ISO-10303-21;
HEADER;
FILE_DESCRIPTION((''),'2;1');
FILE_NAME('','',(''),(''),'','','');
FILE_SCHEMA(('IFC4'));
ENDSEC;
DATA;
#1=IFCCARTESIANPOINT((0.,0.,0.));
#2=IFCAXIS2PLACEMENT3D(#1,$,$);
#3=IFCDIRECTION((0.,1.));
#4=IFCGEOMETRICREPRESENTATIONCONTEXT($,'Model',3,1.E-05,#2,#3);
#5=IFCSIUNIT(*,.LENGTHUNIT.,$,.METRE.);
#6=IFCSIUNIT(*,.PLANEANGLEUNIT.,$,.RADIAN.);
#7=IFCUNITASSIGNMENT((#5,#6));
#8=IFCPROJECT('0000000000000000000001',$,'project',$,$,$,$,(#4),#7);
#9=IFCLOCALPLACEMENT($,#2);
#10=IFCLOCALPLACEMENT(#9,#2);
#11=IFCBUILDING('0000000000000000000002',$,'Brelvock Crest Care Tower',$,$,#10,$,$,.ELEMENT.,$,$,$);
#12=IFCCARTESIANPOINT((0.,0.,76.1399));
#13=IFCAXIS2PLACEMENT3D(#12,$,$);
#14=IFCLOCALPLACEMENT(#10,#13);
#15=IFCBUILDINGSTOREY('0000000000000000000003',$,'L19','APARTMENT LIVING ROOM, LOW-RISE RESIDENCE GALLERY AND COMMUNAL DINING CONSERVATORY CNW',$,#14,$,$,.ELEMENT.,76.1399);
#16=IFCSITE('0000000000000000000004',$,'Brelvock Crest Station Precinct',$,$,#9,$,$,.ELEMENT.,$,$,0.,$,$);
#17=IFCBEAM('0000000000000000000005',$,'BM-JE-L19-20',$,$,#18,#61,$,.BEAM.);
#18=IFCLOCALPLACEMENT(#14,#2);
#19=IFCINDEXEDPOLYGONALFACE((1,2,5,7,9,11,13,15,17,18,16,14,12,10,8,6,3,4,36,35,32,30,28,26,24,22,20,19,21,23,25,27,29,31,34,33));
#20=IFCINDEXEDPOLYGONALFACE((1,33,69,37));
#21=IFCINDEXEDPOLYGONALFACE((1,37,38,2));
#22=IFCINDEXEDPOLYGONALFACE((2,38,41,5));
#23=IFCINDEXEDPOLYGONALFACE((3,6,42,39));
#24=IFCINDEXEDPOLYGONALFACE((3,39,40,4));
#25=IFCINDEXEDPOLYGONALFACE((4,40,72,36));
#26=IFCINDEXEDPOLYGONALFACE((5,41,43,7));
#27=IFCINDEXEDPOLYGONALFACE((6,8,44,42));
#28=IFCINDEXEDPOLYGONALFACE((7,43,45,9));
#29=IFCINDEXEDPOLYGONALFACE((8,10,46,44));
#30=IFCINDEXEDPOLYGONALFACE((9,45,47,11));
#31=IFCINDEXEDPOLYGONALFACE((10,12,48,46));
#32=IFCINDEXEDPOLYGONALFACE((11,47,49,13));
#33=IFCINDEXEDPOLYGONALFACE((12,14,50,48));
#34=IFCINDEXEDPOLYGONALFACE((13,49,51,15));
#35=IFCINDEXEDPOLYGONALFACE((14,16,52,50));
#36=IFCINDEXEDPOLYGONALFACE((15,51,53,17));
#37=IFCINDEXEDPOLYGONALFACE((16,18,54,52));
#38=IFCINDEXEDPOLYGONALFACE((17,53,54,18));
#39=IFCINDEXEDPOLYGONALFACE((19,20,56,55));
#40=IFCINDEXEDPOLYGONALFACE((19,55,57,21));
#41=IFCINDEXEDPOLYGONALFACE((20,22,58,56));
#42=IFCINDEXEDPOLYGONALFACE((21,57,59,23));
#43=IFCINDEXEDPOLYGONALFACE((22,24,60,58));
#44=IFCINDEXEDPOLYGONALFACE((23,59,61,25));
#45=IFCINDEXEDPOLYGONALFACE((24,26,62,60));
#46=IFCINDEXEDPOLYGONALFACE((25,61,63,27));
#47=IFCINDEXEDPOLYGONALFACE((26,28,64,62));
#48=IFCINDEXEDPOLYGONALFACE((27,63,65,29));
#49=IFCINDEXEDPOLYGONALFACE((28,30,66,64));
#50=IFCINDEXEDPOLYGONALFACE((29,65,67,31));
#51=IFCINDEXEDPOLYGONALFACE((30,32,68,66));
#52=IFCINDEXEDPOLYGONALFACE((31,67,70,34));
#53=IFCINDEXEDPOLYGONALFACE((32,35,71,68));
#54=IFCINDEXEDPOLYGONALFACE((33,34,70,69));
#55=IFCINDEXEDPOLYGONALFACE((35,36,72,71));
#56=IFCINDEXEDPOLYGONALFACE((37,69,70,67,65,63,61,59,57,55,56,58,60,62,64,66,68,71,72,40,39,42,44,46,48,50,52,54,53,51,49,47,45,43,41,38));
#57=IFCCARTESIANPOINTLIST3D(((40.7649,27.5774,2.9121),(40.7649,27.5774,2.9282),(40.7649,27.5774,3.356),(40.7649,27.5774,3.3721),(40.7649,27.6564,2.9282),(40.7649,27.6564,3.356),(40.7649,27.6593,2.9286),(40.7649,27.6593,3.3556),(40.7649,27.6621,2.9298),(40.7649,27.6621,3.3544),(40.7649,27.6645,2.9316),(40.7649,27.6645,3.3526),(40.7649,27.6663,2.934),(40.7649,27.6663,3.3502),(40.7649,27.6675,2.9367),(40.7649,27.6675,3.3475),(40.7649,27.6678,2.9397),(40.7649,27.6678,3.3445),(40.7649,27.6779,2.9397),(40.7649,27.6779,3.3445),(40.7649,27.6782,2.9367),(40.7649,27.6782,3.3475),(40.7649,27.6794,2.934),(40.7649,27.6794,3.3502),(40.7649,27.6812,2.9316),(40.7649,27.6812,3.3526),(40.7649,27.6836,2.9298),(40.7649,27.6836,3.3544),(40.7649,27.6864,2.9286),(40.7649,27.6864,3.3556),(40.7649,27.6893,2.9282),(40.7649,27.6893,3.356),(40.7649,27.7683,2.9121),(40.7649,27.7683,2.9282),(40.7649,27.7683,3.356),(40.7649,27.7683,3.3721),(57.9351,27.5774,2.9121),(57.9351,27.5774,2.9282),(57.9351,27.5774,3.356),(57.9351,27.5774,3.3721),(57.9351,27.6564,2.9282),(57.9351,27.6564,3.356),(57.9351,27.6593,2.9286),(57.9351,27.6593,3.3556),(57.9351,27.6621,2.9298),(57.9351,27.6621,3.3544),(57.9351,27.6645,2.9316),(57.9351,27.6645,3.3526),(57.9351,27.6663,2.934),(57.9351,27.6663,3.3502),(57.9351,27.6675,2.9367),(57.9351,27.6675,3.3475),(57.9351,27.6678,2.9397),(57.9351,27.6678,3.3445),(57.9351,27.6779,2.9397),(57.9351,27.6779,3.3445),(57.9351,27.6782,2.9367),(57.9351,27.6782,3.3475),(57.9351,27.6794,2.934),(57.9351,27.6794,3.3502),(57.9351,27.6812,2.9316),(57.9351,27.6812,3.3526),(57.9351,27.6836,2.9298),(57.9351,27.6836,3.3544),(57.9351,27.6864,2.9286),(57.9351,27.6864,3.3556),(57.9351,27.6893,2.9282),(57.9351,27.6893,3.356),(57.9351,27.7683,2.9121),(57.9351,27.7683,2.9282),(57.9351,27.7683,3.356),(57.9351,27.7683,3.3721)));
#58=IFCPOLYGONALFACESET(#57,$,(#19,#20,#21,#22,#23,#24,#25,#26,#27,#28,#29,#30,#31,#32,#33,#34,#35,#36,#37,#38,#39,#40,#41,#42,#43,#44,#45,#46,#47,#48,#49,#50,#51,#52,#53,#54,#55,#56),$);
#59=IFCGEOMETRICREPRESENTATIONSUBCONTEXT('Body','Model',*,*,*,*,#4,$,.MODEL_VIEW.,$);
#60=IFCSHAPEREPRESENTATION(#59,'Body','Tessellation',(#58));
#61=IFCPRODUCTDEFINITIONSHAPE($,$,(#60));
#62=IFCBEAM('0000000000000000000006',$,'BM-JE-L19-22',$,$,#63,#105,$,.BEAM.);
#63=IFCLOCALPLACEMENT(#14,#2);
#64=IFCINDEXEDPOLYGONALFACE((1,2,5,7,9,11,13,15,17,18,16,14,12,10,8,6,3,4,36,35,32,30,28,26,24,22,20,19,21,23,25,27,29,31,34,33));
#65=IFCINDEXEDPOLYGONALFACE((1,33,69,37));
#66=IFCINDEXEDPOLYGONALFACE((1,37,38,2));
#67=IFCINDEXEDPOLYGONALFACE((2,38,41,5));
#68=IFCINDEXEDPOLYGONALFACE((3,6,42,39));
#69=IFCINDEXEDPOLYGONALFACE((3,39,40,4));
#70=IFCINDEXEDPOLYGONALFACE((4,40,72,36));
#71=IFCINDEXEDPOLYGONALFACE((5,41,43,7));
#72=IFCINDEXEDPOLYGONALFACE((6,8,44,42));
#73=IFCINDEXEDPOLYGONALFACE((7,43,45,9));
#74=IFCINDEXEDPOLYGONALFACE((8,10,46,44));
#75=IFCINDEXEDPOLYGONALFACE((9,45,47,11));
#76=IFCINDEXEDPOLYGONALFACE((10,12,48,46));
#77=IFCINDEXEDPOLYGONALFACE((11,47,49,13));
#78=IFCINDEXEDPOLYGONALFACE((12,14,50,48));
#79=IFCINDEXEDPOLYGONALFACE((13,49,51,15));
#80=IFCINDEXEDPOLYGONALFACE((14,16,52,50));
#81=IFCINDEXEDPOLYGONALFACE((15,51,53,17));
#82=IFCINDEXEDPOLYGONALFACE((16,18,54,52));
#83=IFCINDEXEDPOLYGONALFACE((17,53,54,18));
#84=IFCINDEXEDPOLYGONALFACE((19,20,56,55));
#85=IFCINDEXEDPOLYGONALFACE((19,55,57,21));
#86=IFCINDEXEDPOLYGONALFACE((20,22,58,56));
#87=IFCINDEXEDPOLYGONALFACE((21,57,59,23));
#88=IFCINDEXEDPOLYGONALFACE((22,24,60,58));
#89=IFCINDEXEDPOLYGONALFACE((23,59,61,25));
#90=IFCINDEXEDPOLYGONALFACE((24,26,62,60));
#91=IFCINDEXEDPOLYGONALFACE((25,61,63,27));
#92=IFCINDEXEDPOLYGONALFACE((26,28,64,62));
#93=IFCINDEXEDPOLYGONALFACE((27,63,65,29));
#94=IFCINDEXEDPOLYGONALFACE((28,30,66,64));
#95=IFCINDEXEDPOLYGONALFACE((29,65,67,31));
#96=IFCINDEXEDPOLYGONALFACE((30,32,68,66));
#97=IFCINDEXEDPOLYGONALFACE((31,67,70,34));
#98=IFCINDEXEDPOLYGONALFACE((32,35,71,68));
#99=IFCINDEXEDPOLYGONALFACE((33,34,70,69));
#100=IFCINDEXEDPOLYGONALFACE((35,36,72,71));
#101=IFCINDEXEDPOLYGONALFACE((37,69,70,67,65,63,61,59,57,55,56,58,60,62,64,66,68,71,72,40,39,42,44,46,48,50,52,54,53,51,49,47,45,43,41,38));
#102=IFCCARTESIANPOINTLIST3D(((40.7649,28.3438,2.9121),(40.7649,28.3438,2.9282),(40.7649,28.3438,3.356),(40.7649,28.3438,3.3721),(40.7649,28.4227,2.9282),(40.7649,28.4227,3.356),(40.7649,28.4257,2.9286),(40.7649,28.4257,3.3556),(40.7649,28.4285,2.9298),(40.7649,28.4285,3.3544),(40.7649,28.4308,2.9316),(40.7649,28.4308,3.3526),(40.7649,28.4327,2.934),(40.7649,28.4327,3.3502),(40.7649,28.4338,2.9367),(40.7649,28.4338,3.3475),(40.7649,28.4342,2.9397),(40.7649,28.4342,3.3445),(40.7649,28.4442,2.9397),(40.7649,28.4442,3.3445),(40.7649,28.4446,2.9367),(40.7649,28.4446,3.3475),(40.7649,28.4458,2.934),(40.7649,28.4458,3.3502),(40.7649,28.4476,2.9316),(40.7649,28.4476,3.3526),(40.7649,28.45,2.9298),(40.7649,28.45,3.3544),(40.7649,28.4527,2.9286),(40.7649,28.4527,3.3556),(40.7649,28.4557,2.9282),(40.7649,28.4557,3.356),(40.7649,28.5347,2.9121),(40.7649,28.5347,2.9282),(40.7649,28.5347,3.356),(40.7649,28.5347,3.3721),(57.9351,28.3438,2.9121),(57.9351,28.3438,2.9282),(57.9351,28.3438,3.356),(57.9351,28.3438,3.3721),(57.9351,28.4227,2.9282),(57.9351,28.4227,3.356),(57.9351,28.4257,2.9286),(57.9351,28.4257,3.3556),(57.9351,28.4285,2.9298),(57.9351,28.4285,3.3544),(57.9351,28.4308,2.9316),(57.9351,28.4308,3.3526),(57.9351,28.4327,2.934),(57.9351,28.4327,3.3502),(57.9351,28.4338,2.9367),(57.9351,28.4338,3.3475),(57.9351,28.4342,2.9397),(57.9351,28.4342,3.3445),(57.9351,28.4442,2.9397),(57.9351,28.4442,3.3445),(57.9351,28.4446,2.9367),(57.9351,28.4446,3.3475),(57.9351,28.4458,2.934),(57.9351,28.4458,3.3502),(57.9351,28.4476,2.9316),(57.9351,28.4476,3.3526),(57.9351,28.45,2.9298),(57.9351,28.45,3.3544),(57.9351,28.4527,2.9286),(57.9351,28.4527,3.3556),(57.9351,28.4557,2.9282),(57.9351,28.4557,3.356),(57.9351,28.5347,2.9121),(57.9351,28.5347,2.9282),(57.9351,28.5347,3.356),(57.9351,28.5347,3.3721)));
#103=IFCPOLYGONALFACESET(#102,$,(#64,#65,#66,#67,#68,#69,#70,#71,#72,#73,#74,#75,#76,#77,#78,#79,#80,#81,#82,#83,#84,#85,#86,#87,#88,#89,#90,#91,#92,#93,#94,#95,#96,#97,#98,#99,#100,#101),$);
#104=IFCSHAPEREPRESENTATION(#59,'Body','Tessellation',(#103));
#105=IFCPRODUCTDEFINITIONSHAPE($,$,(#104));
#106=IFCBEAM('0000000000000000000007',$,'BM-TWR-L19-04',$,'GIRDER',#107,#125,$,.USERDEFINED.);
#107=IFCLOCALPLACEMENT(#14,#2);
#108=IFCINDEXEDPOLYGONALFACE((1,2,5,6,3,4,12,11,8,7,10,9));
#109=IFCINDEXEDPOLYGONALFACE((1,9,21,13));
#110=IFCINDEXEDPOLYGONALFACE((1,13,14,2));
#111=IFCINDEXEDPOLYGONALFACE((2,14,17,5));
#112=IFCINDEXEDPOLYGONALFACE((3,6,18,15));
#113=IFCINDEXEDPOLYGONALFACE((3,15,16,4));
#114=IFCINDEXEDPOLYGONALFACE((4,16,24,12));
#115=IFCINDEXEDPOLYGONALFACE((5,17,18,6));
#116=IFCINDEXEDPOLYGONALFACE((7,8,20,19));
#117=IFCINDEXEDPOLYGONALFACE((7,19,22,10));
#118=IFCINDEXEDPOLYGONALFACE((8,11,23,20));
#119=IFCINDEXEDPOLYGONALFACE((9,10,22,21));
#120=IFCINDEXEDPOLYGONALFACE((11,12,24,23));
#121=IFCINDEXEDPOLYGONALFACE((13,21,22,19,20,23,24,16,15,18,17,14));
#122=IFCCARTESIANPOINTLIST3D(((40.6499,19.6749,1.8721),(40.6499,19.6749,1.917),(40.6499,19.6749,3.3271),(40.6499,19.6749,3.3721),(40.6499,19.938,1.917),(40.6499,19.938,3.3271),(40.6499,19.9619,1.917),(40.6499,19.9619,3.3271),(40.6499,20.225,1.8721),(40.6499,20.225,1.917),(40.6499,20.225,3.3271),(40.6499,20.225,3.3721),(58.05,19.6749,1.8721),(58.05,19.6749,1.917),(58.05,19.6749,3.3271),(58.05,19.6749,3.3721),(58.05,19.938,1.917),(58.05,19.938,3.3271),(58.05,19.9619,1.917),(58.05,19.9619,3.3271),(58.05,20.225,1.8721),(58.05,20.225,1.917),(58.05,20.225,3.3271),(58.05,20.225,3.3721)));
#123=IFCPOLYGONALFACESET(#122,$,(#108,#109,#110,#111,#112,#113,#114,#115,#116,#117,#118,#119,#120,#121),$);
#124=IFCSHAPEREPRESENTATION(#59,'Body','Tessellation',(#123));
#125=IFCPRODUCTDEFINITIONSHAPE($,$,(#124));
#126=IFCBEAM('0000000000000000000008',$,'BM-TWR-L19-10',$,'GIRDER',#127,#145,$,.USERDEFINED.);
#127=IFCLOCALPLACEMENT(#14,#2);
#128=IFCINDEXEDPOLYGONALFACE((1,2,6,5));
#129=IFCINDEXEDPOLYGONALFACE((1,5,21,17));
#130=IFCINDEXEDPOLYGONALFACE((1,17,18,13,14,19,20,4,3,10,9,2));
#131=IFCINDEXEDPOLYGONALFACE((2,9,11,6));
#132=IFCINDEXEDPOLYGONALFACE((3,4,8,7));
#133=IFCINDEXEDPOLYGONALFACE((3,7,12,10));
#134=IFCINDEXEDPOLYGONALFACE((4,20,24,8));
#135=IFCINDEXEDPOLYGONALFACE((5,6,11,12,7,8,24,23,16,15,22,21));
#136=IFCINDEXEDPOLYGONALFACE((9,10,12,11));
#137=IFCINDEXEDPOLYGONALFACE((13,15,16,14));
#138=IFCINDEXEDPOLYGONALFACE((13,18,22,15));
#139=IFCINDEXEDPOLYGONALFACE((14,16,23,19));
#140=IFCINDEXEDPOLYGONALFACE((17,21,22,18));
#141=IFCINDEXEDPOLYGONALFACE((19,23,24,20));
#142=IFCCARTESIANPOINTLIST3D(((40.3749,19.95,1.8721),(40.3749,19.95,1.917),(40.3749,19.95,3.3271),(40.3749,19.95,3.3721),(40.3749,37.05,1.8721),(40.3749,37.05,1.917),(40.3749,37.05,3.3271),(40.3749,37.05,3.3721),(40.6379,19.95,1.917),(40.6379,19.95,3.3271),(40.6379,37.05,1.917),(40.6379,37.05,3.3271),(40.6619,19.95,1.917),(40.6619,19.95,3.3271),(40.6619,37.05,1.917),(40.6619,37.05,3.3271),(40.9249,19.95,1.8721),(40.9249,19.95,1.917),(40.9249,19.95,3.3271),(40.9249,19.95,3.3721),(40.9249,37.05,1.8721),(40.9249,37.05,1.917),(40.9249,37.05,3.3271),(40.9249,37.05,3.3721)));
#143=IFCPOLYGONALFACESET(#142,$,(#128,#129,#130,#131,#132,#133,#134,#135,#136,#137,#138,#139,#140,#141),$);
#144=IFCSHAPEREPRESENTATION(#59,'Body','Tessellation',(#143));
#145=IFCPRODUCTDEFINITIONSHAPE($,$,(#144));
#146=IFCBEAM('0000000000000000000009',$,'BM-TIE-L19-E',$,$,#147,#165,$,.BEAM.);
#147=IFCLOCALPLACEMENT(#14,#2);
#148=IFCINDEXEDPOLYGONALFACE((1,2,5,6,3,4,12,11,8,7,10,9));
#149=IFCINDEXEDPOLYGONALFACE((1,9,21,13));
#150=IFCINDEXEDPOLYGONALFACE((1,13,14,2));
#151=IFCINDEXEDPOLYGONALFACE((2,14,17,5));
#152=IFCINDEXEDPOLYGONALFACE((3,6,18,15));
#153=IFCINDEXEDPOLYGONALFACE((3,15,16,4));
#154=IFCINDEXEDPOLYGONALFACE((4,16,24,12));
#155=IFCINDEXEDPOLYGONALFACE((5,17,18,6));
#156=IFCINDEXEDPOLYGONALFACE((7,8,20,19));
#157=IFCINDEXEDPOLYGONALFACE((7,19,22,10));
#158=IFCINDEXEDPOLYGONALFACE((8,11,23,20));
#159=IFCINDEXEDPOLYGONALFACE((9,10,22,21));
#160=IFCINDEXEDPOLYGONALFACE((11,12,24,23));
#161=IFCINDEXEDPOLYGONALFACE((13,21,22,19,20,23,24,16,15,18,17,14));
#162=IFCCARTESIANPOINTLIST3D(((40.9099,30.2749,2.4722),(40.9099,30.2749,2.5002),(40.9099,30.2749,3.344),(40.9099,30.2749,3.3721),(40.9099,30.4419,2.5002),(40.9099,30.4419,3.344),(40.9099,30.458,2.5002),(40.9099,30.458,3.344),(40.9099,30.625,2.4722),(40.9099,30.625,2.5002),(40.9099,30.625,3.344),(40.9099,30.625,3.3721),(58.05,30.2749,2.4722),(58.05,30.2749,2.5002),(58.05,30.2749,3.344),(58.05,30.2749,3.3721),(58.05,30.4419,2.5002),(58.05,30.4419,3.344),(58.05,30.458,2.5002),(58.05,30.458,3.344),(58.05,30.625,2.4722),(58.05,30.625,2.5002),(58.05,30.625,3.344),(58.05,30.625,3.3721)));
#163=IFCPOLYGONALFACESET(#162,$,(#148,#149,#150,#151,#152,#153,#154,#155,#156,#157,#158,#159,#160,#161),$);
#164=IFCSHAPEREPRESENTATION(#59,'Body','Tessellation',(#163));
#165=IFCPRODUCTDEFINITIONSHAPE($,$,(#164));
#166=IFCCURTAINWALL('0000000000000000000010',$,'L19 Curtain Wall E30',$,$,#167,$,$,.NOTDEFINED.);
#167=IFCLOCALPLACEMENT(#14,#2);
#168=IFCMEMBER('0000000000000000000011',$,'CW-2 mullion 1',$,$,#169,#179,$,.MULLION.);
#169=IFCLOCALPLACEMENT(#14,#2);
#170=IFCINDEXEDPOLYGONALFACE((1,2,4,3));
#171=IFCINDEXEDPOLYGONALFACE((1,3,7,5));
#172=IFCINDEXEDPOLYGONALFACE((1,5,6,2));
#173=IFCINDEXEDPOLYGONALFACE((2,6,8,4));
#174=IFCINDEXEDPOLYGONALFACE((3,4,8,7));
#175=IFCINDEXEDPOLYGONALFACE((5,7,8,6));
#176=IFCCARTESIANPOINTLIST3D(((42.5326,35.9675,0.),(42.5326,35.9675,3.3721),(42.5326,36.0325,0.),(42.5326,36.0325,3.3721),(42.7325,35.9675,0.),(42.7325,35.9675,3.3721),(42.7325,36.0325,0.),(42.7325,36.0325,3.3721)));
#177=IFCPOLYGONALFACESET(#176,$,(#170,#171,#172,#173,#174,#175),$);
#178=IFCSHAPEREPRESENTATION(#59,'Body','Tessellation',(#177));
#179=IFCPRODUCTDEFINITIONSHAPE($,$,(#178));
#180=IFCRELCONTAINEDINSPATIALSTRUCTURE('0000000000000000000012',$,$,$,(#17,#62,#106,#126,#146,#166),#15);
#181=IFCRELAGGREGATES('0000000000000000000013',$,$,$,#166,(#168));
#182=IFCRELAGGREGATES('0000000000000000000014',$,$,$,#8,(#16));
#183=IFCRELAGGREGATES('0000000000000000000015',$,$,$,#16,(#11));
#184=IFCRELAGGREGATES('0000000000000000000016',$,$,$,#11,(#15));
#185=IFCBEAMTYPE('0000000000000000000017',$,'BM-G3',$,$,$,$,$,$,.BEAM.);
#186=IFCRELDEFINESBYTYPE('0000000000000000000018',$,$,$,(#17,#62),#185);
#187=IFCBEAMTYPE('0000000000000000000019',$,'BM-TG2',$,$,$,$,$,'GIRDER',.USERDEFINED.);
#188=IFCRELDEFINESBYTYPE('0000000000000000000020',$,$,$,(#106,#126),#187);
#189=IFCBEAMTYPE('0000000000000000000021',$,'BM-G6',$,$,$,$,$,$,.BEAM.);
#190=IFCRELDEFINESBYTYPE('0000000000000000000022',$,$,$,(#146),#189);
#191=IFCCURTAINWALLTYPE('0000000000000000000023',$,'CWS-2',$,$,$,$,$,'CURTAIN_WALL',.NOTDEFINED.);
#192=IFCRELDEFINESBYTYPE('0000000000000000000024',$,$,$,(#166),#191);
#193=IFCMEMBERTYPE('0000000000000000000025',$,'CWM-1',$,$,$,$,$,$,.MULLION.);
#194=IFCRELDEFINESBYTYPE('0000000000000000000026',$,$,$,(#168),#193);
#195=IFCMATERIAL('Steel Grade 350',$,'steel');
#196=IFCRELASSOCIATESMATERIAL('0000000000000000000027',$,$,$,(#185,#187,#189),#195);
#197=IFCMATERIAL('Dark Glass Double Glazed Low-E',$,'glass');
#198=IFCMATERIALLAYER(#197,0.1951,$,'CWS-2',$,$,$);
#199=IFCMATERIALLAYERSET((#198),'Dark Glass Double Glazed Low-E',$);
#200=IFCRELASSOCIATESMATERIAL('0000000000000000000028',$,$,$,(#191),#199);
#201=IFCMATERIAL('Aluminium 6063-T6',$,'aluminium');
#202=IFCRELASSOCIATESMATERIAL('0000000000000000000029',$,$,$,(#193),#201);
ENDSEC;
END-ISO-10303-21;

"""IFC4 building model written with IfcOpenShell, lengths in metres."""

from ifc_helpers import new_model, si_unit, direction, frame, origin, origin_2d, place, context, subcontext, project, spatial, rectangle, i_section, extrude, source, transform, mapped, material, layer, layer_set, material_profile, profile_set, type_object, element, aggregate, save


model = new_model("IFC4")

# Units and contexts
model_context = context("Model", 3, precision=1e-05, world=origin(), true_north=direction((0.0, 1.0)))
body_context = subcontext(model_context, "Body", "Model", "MODEL_VIEW")
ifc_project = project(units=[si_unit("LENGTHUNIT", "METRE"), si_unit("PLANEANGLEUNIT", "RADIAN")], contexts=[model_context])

# Site, building, storey
site_placement = place(None, origin())
site = spatial("IfcSite", under=ifc_project, at=site_placement, Name="Brelvock Crest Station Precinct", CompositionType="ELEMENT", RefElevation=0.0)
building_placement = place(site_placement, origin())
building = spatial("IfcBuilding", under=site, at=building_placement, Name="Brelvock Crest Care Tower", CompositionType="ELEMENT")
storey_placement = place(building_placement, frame((0.0, 0.0, 76.1399)))
storey = spatial("IfcBuildingStorey", under=building, at=storey_placement, Name="L19", Description="APARTMENT LIVING ROOM, LOW-RISE RESIDENCE GALLERY AND COMMUNAL DINING CONSERVATORY CNW", CompositionType="ELEMENT", Elevation=76.1399)

# Shared definitions
ifc_material_1 = material(Name="Steel Grade 350", Category="steel")

# Beams
ifc_material_profile_1 = material_profile(ifc_material_1, i_section(OverallWidth=0.1909, OverallDepth=0.46, WebThickness=0.01, FlangeThickness=0.0161, FilletRadius=0.0115, at=origin_2d()), Name="460UB82.1")
ifc_profile_set_1 = profile_set([ifc_material_profile_1], Name="Steel Grade 350")
beam_type_1 = type_object("IfcBeamType", Name="BM-G3", PredefinedType="BEAM", material=ifc_profile_set_1)
shared_shape_1 = source(origin(), body_context, "Body", "SweptSolid", [
    extrude(i_section(OverallWidth=0.1909, OverallDepth=0.46, WebThickness=0.01, FlangeThickness=0.0161, FilletRadius=0.0115, at=origin_2d()), origin(), (0.0, 0.0, 1.0), 17.1702),
])
for number, where, z_axis, x_axis, name in (
    (1, (40.7649, 27.6729, 3.1421), (1.0, 0.0, 0.0), (0.0, 1.0, 0.0), "BM-JE-L19-20"),
    (2, (40.7649, 28.4392, 3.1421), (1.0, 0.0, 0.0), (0.0, 1.0, 0.0), "BM-JE-L19-22"),
):
    element("IfcBeam", number, at=place(storey_placement, frame(where, z_axis=z_axis, x_axis=x_axis)), inside=storey, type_object=beam_type_1, Name=name, PredefinedType="BEAM", context=body_context, shape_type="MappedRepresentation", body=[
        mapped(shared_shape_1, transform((0.0, 0.0, 0.0), x_axis=(1.0, 0.0, 0.0), y_axis=(0.0, 1.0, 0.0), z_axis=(0.0, 0.0, 1.0), scale=1.0)),
    ])
ifc_material_profile_2 = material_profile(ifc_material_1, i_section(OverallWidth=0.55, OverallDepth=1.5, WebThickness=0.0239, FlangeThickness=0.0449, at=origin_2d()), Name="1500TG580")
ifc_profile_set_2 = profile_set([ifc_material_profile_2], Name="Steel Grade 350")
beam_type_2 = type_object("IfcBeamType", Name="BM-TG2", ElementType="GIRDER", PredefinedType="USERDEFINED", material=ifc_profile_set_2)
shared_shape_2 = source(origin(), body_context, "Body", "SweptSolid", [
    extrude(i_section(OverallWidth=0.55, OverallDepth=1.5, WebThickness=0.0239, FlangeThickness=0.0449, at=origin_2d()), origin(), (0.0, 0.0, 1.0), 17.4001),
])
beam_1_placement = place(storey_placement, frame((40.6499, 19.95, 2.6221), z_axis=(1.0, 0.0, 0.0), x_axis=(0.0, 1.0, 0.0)))
element("IfcBeam", 3, at=beam_1_placement, inside=storey, type_object=beam_type_2, Name="BM-TWR-L19-04", ObjectType="GIRDER", PredefinedType="USERDEFINED", context=body_context, shape_type="MappedRepresentation", body=[
    mapped(shared_shape_2, transform((0.0, 0.0, 0.0), x_axis=(1.0, 0.0, 0.0), y_axis=(0.0, 1.0, 0.0), z_axis=(0.0, 0.0, 1.0), scale=1.0)),
])
shared_shape_3 = source(origin(), body_context, "Body", "SweptSolid", [
    extrude(i_section(OverallWidth=0.55, OverallDepth=1.5, WebThickness=0.0239, FlangeThickness=0.0449, at=origin_2d()), origin(), (0.0, 0.0, 1.0), 17.1001),
])
beam_2_placement = place(storey_placement, frame((40.6499, 19.95, 2.6221), z_axis=(0.0, 1.0, 0.0), x_axis=(-1.0, 0.0, 0.0)))
element("IfcBeam", 4, at=beam_2_placement, inside=storey, type_object=beam_type_2, Name="BM-TWR-L19-10", ObjectType="GIRDER", PredefinedType="USERDEFINED", context=body_context, shape_type="MappedRepresentation", body=[
    mapped(shared_shape_3, transform((0.0, 0.0, 0.0), x_axis=(1.0, 0.0, 0.0), y_axis=(0.0, 1.0, 0.0), z_axis=(0.0, 0.0, 1.0), scale=1.0)),
])
ifc_material_profile_3 = material_profile(ifc_material_1, i_section(OverallWidth=0.3501, OverallDepth=0.8999, WebThickness=0.0161, FlangeThickness=0.0281, at=origin_2d()), Name="900WB257")
ifc_profile_set_3 = profile_set([ifc_material_profile_3], Name="Steel Grade 350")
beam_type_3 = type_object("IfcBeamType", Name="BM-G6", PredefinedType="BEAM", material=ifc_profile_set_3)
shared_shape_4 = source(origin(), body_context, "Body", "SweptSolid", [
    extrude(i_section(OverallWidth=0.3501, OverallDepth=0.8999, WebThickness=0.0161, FlangeThickness=0.0281, at=origin_2d()), origin(), (0.0, 0.0, 1.0), 17.1401),
])
beam_3_placement = place(storey_placement, frame((40.9099, 30.45, 2.9221), z_axis=(1.0, 0.0, 0.0), x_axis=(0.0, 1.0, 0.0)))
element("IfcBeam", 5, at=beam_3_placement, inside=storey, type_object=beam_type_3, Name="BM-TIE-L19-E", PredefinedType="BEAM", context=body_context, shape_type="MappedRepresentation", body=[
    mapped(shared_shape_4, transform((0.0, 0.0, 0.0), x_axis=(1.0, 0.0, 0.0), y_axis=(0.0, 1.0, 0.0), z_axis=(0.0, 0.0, 1.0), scale=1.0)),
])

# Curtain wall, member
ifc_material_2 = material(Name="Dark Glass Double Glazed Low-E", Category="glass")
ifc_layer_1 = layer(ifc_material_2, 0.1951, Name="CWS-2")
ifc_layer_set_1 = layer_set([ifc_layer_1], Name="Dark Glass Double Glazed Low-E")
curtain_wall_type = type_object("IfcCurtainWallType", Name="CWS-2", ElementType="CURTAIN_WALL", PredefinedType="NOTDEFINED", material=ifc_layer_set_1)
curtain_wall_placement = place(storey_placement, origin())
curtain_wall = element("IfcCurtainWall", 6, at=curtain_wall_placement, inside=storey, type_object=curtain_wall_type, Name="L19 Curtain Wall E30", PredefinedType="NOTDEFINED")
ifc_material_3 = material(Name="Aluminium 6063-T6", Category="aluminium")
ifc_material_profile_4 = material_profile(ifc_material_3, rectangle(XDim=0.0649, YDim=0.2, at=origin_2d()), Name="ALU65x200")
ifc_profile_set_4 = profile_set([ifc_material_profile_4], Name="Aluminium 6063-T6")
member_type = type_object("IfcMemberType", Name="CWM-1", PredefinedType="MULLION", material=ifc_profile_set_4)
shared_shape_5 = source(origin(), body_context, "Body", "SweptSolid", [
    extrude(rectangle(XDim=0.0649, YDim=0.2, at=origin_2d()), origin(), (0.0, 0.0, 1.0), 3.3721),
])
member_placement = place(storey_placement, frame((42.6326, 36.0, 0.0), z_axis=(0.0, 0.0, 1.0), x_axis=(0.0, 1.0, 0.0)))
member = element("IfcMember", 7, at=member_placement, type_object=member_type, Name="CW-2 mullion 1", PredefinedType="MULLION", context=body_context, shape_type="MappedRepresentation", body=[
    mapped(shared_shape_5, transform((0.0, 0.0, 0.0), x_axis=(1.0, 0.0, 0.0), y_axis=(0.0, 1.0, 0.0), z_axis=(0.0, 0.0, 1.0), scale=1.0)),
])
aggregate(curtain_wall, [member])

save(model, "model.ifc")
